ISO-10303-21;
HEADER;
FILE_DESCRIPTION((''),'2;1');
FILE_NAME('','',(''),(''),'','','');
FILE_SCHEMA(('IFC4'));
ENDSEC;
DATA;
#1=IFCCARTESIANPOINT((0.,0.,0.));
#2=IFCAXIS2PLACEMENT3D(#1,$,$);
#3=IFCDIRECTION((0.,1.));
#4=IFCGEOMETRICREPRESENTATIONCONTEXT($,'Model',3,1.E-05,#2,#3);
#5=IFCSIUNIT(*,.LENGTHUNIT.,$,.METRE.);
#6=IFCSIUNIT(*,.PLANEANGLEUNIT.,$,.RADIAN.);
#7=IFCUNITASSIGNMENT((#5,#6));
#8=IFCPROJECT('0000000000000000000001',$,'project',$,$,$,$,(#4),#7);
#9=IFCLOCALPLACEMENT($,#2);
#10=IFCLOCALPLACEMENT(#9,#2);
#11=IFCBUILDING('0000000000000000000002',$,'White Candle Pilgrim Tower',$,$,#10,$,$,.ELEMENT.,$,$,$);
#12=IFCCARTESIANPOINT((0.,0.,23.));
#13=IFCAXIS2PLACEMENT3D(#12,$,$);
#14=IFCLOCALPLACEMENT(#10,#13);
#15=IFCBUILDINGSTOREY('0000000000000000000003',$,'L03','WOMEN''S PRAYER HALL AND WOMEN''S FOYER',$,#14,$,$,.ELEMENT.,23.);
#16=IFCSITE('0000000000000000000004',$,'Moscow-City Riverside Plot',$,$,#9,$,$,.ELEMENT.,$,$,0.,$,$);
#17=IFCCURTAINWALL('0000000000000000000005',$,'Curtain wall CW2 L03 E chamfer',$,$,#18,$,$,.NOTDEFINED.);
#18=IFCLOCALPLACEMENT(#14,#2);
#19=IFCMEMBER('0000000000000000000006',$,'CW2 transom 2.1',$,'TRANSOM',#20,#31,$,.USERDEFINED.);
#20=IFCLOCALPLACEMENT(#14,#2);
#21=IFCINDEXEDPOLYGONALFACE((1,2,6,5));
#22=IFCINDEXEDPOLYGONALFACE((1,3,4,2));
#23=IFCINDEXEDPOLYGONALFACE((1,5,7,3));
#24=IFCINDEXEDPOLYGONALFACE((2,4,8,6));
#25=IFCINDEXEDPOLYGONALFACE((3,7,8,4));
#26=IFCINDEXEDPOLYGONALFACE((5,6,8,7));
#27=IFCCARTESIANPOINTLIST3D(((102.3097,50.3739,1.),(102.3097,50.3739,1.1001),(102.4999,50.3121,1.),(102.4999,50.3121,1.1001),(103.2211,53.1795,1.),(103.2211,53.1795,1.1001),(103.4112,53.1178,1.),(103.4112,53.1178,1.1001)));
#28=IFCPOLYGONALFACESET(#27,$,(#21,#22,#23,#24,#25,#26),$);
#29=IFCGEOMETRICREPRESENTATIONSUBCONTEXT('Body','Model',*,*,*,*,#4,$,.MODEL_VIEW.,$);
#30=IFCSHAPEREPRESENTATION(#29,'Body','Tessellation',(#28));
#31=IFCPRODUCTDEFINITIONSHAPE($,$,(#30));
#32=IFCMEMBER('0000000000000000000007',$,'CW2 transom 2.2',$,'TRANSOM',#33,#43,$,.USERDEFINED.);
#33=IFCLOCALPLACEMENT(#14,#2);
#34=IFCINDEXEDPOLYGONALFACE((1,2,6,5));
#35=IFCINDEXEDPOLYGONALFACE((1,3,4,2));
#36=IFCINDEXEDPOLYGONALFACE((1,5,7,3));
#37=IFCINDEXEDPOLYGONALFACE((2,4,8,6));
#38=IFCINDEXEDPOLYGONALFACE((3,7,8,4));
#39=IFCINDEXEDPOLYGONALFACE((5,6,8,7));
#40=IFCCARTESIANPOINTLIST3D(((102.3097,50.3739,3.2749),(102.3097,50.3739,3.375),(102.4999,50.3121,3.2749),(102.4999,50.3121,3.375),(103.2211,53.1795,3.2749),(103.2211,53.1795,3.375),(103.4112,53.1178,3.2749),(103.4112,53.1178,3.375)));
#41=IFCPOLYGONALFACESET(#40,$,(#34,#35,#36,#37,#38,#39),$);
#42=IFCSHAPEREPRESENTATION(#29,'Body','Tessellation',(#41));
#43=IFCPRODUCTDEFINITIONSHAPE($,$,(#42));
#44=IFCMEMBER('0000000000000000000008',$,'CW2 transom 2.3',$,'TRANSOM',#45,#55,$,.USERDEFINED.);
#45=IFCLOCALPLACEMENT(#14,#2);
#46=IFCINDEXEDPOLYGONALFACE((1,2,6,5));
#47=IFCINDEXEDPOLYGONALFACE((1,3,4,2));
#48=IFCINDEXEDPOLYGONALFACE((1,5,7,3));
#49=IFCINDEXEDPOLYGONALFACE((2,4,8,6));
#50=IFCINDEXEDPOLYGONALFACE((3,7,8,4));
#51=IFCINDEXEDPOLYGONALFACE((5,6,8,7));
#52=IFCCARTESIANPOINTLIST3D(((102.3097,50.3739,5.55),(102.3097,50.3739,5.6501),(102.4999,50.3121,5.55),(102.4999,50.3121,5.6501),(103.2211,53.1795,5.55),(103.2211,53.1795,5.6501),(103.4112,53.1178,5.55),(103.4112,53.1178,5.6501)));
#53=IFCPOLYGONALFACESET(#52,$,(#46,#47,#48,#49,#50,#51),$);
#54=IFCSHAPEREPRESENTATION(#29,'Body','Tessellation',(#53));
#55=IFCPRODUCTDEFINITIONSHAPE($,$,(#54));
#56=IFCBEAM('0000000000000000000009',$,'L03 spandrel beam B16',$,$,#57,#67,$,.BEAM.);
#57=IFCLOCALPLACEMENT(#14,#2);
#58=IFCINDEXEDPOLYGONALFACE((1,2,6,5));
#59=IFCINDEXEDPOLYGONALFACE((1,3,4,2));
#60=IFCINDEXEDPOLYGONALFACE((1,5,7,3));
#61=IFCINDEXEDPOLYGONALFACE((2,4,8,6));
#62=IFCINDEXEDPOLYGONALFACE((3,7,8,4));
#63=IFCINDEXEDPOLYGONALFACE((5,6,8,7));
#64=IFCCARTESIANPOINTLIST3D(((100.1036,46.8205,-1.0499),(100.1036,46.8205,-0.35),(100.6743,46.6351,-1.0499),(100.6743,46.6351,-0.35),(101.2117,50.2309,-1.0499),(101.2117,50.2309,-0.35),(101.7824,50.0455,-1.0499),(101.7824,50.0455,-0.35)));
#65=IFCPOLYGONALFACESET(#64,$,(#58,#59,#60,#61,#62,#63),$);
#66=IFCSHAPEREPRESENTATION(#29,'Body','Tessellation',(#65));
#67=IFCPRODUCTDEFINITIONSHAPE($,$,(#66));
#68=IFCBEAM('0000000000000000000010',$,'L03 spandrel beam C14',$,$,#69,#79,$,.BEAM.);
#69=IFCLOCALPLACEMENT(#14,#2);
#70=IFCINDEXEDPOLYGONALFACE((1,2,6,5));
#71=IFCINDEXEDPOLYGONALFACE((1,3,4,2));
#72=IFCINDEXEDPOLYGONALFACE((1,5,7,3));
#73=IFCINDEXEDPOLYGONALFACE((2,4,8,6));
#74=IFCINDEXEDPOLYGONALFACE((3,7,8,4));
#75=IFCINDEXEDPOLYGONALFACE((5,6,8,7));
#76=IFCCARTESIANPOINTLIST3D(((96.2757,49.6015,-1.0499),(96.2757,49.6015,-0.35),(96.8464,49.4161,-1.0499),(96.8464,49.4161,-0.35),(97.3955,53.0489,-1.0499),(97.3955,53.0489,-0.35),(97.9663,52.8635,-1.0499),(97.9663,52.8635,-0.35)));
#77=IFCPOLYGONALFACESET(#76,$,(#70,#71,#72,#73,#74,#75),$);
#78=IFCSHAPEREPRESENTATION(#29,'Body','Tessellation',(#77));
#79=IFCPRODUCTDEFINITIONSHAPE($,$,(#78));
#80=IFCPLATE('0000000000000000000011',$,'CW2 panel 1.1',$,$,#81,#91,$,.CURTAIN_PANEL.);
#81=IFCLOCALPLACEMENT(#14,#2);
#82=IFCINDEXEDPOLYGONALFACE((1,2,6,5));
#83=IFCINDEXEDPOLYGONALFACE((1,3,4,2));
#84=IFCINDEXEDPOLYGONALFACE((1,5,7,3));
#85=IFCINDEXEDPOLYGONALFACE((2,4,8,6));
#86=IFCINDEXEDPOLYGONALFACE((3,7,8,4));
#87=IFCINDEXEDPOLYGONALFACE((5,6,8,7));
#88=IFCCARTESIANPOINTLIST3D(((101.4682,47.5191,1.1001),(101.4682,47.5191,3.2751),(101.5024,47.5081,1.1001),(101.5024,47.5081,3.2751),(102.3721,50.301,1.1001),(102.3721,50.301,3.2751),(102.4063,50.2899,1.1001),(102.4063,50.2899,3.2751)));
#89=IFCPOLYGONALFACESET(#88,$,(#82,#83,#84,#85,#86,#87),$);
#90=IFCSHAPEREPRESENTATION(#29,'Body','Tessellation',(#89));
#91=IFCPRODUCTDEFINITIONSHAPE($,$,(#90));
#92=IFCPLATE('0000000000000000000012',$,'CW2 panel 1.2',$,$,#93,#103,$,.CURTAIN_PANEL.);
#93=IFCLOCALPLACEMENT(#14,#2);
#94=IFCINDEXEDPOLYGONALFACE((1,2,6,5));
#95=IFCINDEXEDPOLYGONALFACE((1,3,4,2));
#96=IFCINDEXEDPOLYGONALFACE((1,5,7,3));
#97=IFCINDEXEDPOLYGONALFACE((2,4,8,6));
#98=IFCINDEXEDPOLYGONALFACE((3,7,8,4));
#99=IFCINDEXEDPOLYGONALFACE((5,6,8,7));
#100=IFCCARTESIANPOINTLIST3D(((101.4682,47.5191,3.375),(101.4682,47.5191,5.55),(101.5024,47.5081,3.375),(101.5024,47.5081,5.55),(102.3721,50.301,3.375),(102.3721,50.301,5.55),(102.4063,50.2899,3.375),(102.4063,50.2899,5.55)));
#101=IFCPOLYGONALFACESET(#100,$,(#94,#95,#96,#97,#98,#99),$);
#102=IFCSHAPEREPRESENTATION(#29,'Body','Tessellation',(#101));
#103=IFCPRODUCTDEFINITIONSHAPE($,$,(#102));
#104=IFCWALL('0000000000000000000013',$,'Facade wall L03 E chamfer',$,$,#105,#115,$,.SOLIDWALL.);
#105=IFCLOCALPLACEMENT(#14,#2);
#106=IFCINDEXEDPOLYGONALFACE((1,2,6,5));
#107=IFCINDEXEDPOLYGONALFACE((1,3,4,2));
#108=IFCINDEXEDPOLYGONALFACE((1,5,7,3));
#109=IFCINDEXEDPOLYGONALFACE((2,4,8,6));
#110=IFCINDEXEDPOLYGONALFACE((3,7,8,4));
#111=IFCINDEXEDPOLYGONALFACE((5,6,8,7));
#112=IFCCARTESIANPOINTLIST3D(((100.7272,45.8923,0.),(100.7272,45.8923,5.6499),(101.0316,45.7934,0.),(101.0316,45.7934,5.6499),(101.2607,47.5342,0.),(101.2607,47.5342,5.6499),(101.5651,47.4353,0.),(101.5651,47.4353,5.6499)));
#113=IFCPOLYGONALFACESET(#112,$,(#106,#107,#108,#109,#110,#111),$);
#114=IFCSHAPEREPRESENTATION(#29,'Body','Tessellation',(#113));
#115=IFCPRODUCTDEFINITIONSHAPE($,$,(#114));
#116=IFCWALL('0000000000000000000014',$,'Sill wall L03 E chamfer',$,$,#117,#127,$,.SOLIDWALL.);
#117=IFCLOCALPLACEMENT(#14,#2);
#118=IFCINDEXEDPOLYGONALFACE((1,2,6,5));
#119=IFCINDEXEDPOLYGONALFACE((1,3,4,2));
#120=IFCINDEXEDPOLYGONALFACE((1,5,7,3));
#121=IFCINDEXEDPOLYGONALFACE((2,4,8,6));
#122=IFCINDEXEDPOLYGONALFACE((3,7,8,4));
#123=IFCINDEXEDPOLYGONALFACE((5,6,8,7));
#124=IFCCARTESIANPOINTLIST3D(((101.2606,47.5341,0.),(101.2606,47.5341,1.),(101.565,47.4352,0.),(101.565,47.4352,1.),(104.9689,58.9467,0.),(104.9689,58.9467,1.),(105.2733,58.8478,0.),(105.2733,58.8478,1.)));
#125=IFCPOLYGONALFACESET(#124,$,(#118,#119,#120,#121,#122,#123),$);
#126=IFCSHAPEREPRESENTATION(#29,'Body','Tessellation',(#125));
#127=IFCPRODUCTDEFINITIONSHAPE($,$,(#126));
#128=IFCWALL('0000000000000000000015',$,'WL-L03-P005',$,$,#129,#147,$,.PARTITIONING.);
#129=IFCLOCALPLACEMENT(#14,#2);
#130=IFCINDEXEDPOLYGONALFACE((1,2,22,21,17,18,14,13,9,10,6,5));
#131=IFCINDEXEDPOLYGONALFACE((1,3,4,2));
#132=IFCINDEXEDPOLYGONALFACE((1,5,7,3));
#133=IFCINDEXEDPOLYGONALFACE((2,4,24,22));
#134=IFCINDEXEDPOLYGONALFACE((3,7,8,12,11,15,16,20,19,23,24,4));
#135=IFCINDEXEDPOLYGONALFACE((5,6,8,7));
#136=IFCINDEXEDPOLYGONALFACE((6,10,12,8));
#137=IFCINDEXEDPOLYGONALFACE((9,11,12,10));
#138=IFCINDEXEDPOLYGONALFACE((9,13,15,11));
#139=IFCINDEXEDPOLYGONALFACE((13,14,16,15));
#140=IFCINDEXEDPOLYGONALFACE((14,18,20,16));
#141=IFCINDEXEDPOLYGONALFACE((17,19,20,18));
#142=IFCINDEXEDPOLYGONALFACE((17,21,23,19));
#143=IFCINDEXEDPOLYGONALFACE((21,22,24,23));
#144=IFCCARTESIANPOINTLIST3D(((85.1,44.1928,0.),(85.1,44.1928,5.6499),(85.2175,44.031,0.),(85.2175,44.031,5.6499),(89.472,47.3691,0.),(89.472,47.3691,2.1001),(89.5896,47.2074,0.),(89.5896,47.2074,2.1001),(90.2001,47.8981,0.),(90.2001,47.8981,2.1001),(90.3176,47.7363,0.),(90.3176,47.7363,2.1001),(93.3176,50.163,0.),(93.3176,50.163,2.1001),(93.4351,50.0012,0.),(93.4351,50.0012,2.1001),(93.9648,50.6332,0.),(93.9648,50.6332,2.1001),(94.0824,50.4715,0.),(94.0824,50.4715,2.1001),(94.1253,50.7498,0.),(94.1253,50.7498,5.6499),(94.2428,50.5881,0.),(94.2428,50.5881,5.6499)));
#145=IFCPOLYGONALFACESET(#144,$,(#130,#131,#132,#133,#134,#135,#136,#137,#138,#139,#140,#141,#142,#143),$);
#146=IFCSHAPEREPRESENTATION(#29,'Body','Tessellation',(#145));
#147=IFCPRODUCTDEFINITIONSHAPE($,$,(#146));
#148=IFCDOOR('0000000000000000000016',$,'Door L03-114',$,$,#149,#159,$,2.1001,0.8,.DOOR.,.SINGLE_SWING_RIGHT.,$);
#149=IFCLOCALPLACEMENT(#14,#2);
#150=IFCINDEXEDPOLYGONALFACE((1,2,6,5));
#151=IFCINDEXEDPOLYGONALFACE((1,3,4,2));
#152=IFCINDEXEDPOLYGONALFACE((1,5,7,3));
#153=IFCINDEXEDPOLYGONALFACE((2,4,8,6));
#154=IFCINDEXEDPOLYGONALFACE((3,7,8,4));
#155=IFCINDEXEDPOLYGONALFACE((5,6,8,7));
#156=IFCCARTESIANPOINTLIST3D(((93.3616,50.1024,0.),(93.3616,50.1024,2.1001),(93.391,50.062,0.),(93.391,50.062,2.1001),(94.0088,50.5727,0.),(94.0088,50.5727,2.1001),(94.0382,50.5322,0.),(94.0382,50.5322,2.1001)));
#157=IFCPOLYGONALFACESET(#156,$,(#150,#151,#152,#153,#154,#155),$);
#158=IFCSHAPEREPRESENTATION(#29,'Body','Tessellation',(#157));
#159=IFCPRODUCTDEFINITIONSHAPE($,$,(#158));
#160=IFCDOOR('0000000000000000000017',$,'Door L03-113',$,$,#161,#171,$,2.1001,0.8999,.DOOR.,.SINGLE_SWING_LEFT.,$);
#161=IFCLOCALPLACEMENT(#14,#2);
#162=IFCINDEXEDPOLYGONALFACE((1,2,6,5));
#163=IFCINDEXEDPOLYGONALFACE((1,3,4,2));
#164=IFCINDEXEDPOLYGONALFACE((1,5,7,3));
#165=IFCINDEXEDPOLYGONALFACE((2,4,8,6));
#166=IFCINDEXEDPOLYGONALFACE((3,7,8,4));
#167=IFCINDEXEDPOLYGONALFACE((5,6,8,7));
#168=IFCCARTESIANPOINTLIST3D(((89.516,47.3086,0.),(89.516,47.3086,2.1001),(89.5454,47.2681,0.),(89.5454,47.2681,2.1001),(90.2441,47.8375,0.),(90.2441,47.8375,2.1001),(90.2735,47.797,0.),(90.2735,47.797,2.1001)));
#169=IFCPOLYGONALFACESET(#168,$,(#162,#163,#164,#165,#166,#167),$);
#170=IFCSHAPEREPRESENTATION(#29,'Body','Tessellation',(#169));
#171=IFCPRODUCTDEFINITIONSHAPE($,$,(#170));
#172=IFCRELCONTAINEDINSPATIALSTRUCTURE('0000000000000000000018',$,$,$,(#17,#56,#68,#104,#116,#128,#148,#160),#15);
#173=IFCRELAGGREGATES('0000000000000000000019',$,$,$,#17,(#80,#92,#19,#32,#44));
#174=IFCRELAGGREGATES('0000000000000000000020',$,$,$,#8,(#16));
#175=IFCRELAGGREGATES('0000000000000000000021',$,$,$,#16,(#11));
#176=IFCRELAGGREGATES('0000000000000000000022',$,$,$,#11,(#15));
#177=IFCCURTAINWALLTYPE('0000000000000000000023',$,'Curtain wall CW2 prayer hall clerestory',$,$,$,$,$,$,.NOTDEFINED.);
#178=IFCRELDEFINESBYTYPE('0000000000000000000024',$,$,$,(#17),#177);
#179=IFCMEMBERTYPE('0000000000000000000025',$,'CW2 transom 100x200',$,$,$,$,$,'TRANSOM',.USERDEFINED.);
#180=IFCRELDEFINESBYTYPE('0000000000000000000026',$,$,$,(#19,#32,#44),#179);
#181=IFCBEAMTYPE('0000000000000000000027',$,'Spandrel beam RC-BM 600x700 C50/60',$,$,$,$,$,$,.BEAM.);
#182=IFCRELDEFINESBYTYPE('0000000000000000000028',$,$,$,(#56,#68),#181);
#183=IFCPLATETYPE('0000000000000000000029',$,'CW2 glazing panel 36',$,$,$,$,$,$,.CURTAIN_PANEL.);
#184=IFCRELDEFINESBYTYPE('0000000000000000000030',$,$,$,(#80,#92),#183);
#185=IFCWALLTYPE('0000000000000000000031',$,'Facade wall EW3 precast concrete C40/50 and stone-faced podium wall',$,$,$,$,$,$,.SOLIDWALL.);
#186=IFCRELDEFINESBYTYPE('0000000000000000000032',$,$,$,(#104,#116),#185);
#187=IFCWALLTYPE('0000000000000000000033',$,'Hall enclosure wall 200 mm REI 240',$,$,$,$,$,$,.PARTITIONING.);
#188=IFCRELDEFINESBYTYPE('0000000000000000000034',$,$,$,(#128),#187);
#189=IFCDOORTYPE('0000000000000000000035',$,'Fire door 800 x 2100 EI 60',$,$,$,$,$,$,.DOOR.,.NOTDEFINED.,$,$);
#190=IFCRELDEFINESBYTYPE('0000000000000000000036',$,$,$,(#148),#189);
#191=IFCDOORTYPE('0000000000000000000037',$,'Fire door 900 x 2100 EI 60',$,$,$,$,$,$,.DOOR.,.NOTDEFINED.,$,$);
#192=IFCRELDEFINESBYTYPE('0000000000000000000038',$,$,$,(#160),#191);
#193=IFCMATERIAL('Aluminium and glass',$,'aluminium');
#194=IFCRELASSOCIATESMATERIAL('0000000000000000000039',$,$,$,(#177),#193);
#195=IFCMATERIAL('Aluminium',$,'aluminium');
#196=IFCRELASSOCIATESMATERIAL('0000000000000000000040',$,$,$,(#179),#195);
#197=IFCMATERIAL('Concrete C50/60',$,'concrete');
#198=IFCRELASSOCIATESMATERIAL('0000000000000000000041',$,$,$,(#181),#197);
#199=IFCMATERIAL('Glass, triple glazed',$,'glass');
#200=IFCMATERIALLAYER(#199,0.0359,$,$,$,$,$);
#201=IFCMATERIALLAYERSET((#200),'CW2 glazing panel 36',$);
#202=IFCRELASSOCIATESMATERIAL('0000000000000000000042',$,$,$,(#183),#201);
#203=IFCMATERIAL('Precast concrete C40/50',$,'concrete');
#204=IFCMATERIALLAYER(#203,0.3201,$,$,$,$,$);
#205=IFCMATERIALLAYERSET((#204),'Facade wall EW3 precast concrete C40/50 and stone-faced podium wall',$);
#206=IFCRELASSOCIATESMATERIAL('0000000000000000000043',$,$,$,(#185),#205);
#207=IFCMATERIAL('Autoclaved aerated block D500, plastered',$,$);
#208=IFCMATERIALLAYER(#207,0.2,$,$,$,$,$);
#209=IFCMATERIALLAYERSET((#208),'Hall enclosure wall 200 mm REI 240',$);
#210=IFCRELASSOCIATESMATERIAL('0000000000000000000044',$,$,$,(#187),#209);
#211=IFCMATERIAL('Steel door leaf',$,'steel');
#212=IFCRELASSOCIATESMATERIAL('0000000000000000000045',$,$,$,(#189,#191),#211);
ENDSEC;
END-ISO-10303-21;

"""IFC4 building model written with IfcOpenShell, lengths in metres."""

from ifc_helpers import new_model, si_unit, direction, frame, frame_2d, origin, origin_2d, place, context, subcontext, project, spatial, rectangle, extrude, material, layer, layer_set, material_profile, profile_set, type_object, element, fill, aggregate, save


model = new_model("IFC4")

# Units and contexts
model_context = context("Model", 3, precision=1e-05, world=origin(), true_north=direction((0.0, 1.0)))
body_context = subcontext(model_context, "Body", "Model", "MODEL_VIEW")
ifc_project = project(units=[si_unit("LENGTHUNIT", "METRE"), si_unit("PLANEANGLEUNIT", "RADIAN")], contexts=[model_context])

# Site, building, storey
site_placement = place(None, origin())
site = spatial("IfcSite", under=ifc_project, at=site_placement, Name="Moscow-City Riverside Plot", CompositionType="ELEMENT", RefElevation=0.0)
building_placement = place(site_placement, origin())
building = spatial("IfcBuilding", under=site, at=building_placement, Name="White Candle Pilgrim Tower", CompositionType="ELEMENT")
storey_placement = place(building_placement, frame((0.0, 0.0, 23.0)))
storey = spatial("IfcBuildingStorey", under=building, at=storey_placement, Name="L03", Description="WOMEN'S PRAYER HALL AND WOMEN'S FOYER", CompositionType="ELEMENT", Elevation=23.0)

# Curtain wall, members
ifc_material_1 = material(Name="Aluminium and glass", Category="aluminium")
curtain_wall_type = type_object("IfcCurtainWallType", Name="Curtain wall CW2 prayer hall clerestory", PredefinedType="NOTDEFINED", material=ifc_material_1)
curtain_wall_placement = place(storey_placement, origin())
curtain_wall = element("IfcCurtainWall", 1, at=curtain_wall_placement, inside=storey, type_object=curtain_wall_type, Name="Curtain wall CW2 L03 E chamfer", PredefinedType="NOTDEFINED")
ifc_material_2 = material(Name="Aluminium", Category="aluminium")
ifc_material_profile_1 = material_profile(ifc_material_2, rectangle(XDim=0.2, YDim=0.1001, at=origin_2d()), Name="CW2 transom 100x200")
ifc_profile_set_1 = profile_set([ifc_material_profile_1], Name="Aluminium")
member_type_1 = type_object("IfcMemberType", Name="CW2 transom 100x200", ElementType="TRANSOM", PredefinedType="USERDEFINED", material=ifc_profile_set_1)
member_1_placement = place(storey_placement, frame((102.4048, 50.343, 1.05), z_axis=(0.308944, 0.95108, 0.0), x_axis=(-0.95108, 0.308944, 0.0)))
member_1 = element("IfcMember", 2, at=member_1_placement, type_object=member_type_1, Name="CW2 transom 2.1", ObjectType="TRANSOM", PredefinedType="USERDEFINED", context=body_context, shape_type="SweptSolid", body=[
    extrude(rectangle(XDim=0.2, YDim=0.1001, at=origin_2d()), origin(), (0.0, 0.0, 1.0), 2.95),
])
member_2_placement = place(storey_placement, frame((102.4048, 50.343, 3.325), z_axis=(0.308944, 0.95108, 0.0), x_axis=(-0.95108, 0.308944, 0.0)))
member_2 = element("IfcMember", 3, at=member_2_placement, type_object=member_type_1, Name="CW2 transom 2.2", ObjectType="TRANSOM", PredefinedType="USERDEFINED", context=body_context, shape_type="SweptSolid", body=[
    extrude(rectangle(XDim=0.2, YDim=0.1001, at=origin_2d()), origin(), (0.0, 0.0, 1.0), 2.95),
])
member_3_placement = place(storey_placement, frame((102.4048, 50.343, 5.6001), z_axis=(0.308944, 0.95108, 0.0), x_axis=(-0.95108, 0.308944, 0.0)))
member_3 = element("IfcMember", 4, at=member_3_placement, type_object=member_type_1, Name="CW2 transom 2.3", ObjectType="TRANSOM", PredefinedType="USERDEFINED", context=body_context, shape_type="SweptSolid", body=[
    extrude(rectangle(XDim=0.2, YDim=0.1001, at=origin_2d()), origin(), (0.0, 0.0, 1.0), 2.95),
])

# Beams
ifc_material_3 = material(Name="Concrete C50/60", Category="concrete")
ifc_material_profile_2 = material_profile(ifc_material_3, rectangle(XDim=0.6001, YDim=0.7, at=origin_2d()), Name="RC-BM 600x700")
ifc_profile_set_2 = profile_set([ifc_material_profile_2], Name="Concrete C50/60")
beam_type = type_object("IfcBeamType", Name="Spandrel beam RC-BM 600x700 C50/60", PredefinedType="BEAM", material=ifc_profile_set_2)
beam_1_placement = place(storey_placement, frame((100.3889, 46.7278, -0.7), z_axis=(0.309029, 0.951053, 0.0), x_axis=(-0.951053, 0.309029, 0.0)))
element("IfcBeam", 5, at=beam_1_placement, inside=storey, type_object=beam_type, Name="L03 spandrel beam B16", PredefinedType="BEAM", context=body_context, shape_type="SweptSolid", body=[
    extrude(rectangle(XDim=0.6001, YDim=0.7, at=origin_2d()), origin(), (0.0, 0.0, 1.0), 3.5859),
])
beam_2_placement = place(storey_placement, frame((96.561, 49.5088, -0.7), z_axis=(0.308944, 0.95108, 0.0), x_axis=(-0.95108, 0.308944, 0.0)))
element("IfcBeam", 6, at=beam_2_placement, inside=storey, type_object=beam_type, Name="L03 spandrel beam C14", PredefinedType="BEAM", context=body_context, shape_type="SweptSolid", body=[
    extrude(rectangle(XDim=0.6001, YDim=0.7, at=origin_2d()), origin(), (0.0, 0.0, 1.0), 3.6248),
])

# Plates
ifc_material_4 = material(Name="Glass, triple glazed", Category="glass")
ifc_layer_1 = layer(ifc_material_4, 0.0359)
ifc_layer_set_1 = layer_set([ifc_layer_1], Name="CW2 glazing panel 36")
plate_type = type_object("IfcPlateType", Name="CW2 glazing panel 36", PredefinedType="CURTAIN_PANEL", material=ifc_layer_set_1)
plate_1_placement = place(storey_placement, frame((101.9373, 48.9045, 1.1001), z_axis=(0.0, 0.0, 1.0), x_axis=(0.309017, 0.951057, 0.0)))
plate_1 = element("IfcPlate", 7, at=plate_1_placement, type_object=plate_type, Name="CW2 panel 1.1", PredefinedType="CURTAIN_PANEL", context=body_context, shape_type="SweptSolid", body=[
    extrude(rectangle(XDim=2.925, YDim=0.0359, at=origin_2d()), origin(), (0.0, 0.0, 1.0), 2.175),
])
plate_2_placement = place(storey_placement, frame((101.9373, 48.9045, 3.375), z_axis=(0.0, 0.0, 1.0), x_axis=(0.309017, 0.951057, 0.0)))
plate_2 = element("IfcPlate", 8, at=plate_2_placement, type_object=plate_type, Name="CW2 panel 1.2", PredefinedType="CURTAIN_PANEL", context=body_context, shape_type="SweptSolid", body=[
    extrude(rectangle(XDim=2.925, YDim=0.0359, at=origin_2d()), origin(), (0.0, 0.0, 1.0), 2.175),
])
aggregate(curtain_wall, [plate_1, plate_2, member_1, member_2, member_3])

# Walls
ifc_material_5 = material(Name="Precast concrete C40/50", Category="concrete")
ifc_layer_2 = layer(ifc_material_5, 0.3201)
ifc_layer_set_2 = layer_set([ifc_layer_2], Name="Facade wall EW3 precast concrete C40/50 and stone-faced podium wall")
wall_type_1 = type_object("IfcWallType", Name="Facade wall EW3 precast concrete C40/50 and stone-faced podium wall", PredefinedType="SOLIDWALL", material=ifc_layer_set_2)
wall_1_placement = place(storey_placement, frame((100.8794, 45.8428, 0.0), z_axis=(0.0, 0.0, 1.0), x_axis=(0.309006, 0.95106, 0.0)))
element("IfcWall", 9, at=wall_1_placement, inside=storey, type_object=wall_type_1, Name="Facade wall L03 E chamfer", PredefinedType="SOLIDWALL", context=body_context, shape_type="SweptSolid", body=[
    extrude(rectangle(XDim=1.7263, YDim=0.3201, at=frame_2d((0.8633, 0.0))), origin(), (0.0, 0.0, 1.0), 5.6499),
])
wall_2_placement = place(storey_placement, frame((101.4128, 47.4846, 0.0), z_axis=(0.0, 0.0, 1.0), x_axis=(0.309023, 0.951055, 0.0)))
element("IfcWall", 10, at=wall_2_placement, inside=storey, type_object=wall_type_1, Name="Sill wall L03 E chamfer", PredefinedType="SOLIDWALL", context=body_context, shape_type="SweptSolid", body=[
    extrude(rectangle(XDim=12.0, YDim=0.3201, at=frame_2d((6.0, 0.0))), origin(), (0.0, 0.0, 1.0), 1.0),
])

# Wall, openings, doors
ifc_material_6 = material(Name="Autoclaved aerated block D500, plastered")
ifc_layer_3 = layer(ifc_material_6, 0.2)
ifc_layer_set_3 = layer_set([ifc_layer_3], Name="Hall enclosure wall 200 mm REI 240")
wall_type_2 = type_object("IfcWallType", Name="Hall enclosure wall 200 mm REI 240", PredefinedType="PARTITIONING", material=ifc_layer_set_3)
wall_3_placement = place(storey_placement, frame((94.1841, 50.6689, 0.0), z_axis=(0.0, 0.0, 1.0), x_axis=(-0.809026, -0.587773, 0.0)))
wall_3 = element("IfcWall", 11, at=wall_3_placement, inside=storey, type_object=wall_type_2, Name="WL-L03-P005", PredefinedType="PARTITIONING", context=body_context, shape_type="SweptSolid", body=[
    extrude(rectangle(XDim=11.1558, YDim=0.2, at=frame_2d((5.5779, 0.0))), origin(), (0.0, 0.0, 1.0), 5.6499),
])
opening_1_placement = place(wall_3_placement, frame((4.8518, 0.0, 0.0)))
opening_1 = element("IfcOpeningElement", 12, at=opening_1_placement, cuts=wall_3, PredefinedType="OPENING", context=body_context, shape_type="SweptSolid", body=[
    extrude(rectangle(XDim=0.8999, YDim=2.1001, at=frame_2d((0.45, 1.05))), frame((0.0, 0.1099, 0.0), z_axis=(0.0, -1.0, 0.0), x_axis=(1.0, 0.0, 0.0)), (0.0, 0.0, 1.0), 0.22),
])
opening_2_placement = place(wall_3_placement, frame((0.1985, 0.0, 0.0)))
opening_2 = element("IfcOpeningElement", 13, at=opening_2_placement, cuts=wall_3, PredefinedType="OPENING", context=body_context, shape_type="SweptSolid", body=[
    extrude(rectangle(XDim=0.8, YDim=2.1001, at=frame_2d((0.3999, 1.05))), frame((0.0, 0.1099, 0.0), z_axis=(0.0, -1.0, 0.0), x_axis=(1.0, 0.0, 0.0)), (0.0, 0.0, 1.0), 0.22),
])
ifc_material_7 = material(Name="Steel door leaf", Category="steel")
door_type_1 = type_object("IfcDoorType", Name="Fire door 800 x 2100 EI 60", OperationType="NOTDEFINED", PredefinedType="DOOR", material=ifc_material_7)
door_1_placement = place(opening_2_placement, origin())
door_1 = element("IfcDoor", 14, at=door_1_placement, inside=storey, type_object=door_type_1, Name="Door L03-114", OperationType="SINGLE_SWING_RIGHT", OverallHeight=2.1001, OverallWidth=0.8, PredefinedType="DOOR", context=body_context, shape_type="SweptSolid", body=[
    extrude(rectangle(XDim=0.8, YDim=2.1001, at=frame_2d((0.3999, 1.05))), frame((0.0, 0.0249, 0.0), z_axis=(0.0, -1.0, 0.0), x_axis=(1.0, 0.0, 0.0)), (0.0, 0.0, 1.0), 0.05),
])
fill(opening_2, door_1)
door_type_2 = type_object("IfcDoorType", Name="Fire door 900 x 2100 EI 60", OperationType="NOTDEFINED", PredefinedType="DOOR", material=ifc_material_7)
door_2_placement = place(opening_1_placement, origin())
door_2 = element("IfcDoor", 15, at=door_2_placement, inside=storey, type_object=door_type_2, Name="Door L03-113", OperationType="SINGLE_SWING_LEFT", OverallHeight=2.1001, OverallWidth=0.8999, PredefinedType="DOOR", context=body_context, shape_type="SweptSolid", body=[
    extrude(rectangle(XDim=0.8999, YDim=2.1001, at=frame_2d((0.45, 1.05))), frame((0.0, 0.0249, 0.0), z_axis=(0.0, -1.0, 0.0), x_axis=(1.0, 0.0, 0.0)), (0.0, 0.0, 1.0), 0.05),
])
fill(opening_1, door_2)

save(model, "model.ifc")
